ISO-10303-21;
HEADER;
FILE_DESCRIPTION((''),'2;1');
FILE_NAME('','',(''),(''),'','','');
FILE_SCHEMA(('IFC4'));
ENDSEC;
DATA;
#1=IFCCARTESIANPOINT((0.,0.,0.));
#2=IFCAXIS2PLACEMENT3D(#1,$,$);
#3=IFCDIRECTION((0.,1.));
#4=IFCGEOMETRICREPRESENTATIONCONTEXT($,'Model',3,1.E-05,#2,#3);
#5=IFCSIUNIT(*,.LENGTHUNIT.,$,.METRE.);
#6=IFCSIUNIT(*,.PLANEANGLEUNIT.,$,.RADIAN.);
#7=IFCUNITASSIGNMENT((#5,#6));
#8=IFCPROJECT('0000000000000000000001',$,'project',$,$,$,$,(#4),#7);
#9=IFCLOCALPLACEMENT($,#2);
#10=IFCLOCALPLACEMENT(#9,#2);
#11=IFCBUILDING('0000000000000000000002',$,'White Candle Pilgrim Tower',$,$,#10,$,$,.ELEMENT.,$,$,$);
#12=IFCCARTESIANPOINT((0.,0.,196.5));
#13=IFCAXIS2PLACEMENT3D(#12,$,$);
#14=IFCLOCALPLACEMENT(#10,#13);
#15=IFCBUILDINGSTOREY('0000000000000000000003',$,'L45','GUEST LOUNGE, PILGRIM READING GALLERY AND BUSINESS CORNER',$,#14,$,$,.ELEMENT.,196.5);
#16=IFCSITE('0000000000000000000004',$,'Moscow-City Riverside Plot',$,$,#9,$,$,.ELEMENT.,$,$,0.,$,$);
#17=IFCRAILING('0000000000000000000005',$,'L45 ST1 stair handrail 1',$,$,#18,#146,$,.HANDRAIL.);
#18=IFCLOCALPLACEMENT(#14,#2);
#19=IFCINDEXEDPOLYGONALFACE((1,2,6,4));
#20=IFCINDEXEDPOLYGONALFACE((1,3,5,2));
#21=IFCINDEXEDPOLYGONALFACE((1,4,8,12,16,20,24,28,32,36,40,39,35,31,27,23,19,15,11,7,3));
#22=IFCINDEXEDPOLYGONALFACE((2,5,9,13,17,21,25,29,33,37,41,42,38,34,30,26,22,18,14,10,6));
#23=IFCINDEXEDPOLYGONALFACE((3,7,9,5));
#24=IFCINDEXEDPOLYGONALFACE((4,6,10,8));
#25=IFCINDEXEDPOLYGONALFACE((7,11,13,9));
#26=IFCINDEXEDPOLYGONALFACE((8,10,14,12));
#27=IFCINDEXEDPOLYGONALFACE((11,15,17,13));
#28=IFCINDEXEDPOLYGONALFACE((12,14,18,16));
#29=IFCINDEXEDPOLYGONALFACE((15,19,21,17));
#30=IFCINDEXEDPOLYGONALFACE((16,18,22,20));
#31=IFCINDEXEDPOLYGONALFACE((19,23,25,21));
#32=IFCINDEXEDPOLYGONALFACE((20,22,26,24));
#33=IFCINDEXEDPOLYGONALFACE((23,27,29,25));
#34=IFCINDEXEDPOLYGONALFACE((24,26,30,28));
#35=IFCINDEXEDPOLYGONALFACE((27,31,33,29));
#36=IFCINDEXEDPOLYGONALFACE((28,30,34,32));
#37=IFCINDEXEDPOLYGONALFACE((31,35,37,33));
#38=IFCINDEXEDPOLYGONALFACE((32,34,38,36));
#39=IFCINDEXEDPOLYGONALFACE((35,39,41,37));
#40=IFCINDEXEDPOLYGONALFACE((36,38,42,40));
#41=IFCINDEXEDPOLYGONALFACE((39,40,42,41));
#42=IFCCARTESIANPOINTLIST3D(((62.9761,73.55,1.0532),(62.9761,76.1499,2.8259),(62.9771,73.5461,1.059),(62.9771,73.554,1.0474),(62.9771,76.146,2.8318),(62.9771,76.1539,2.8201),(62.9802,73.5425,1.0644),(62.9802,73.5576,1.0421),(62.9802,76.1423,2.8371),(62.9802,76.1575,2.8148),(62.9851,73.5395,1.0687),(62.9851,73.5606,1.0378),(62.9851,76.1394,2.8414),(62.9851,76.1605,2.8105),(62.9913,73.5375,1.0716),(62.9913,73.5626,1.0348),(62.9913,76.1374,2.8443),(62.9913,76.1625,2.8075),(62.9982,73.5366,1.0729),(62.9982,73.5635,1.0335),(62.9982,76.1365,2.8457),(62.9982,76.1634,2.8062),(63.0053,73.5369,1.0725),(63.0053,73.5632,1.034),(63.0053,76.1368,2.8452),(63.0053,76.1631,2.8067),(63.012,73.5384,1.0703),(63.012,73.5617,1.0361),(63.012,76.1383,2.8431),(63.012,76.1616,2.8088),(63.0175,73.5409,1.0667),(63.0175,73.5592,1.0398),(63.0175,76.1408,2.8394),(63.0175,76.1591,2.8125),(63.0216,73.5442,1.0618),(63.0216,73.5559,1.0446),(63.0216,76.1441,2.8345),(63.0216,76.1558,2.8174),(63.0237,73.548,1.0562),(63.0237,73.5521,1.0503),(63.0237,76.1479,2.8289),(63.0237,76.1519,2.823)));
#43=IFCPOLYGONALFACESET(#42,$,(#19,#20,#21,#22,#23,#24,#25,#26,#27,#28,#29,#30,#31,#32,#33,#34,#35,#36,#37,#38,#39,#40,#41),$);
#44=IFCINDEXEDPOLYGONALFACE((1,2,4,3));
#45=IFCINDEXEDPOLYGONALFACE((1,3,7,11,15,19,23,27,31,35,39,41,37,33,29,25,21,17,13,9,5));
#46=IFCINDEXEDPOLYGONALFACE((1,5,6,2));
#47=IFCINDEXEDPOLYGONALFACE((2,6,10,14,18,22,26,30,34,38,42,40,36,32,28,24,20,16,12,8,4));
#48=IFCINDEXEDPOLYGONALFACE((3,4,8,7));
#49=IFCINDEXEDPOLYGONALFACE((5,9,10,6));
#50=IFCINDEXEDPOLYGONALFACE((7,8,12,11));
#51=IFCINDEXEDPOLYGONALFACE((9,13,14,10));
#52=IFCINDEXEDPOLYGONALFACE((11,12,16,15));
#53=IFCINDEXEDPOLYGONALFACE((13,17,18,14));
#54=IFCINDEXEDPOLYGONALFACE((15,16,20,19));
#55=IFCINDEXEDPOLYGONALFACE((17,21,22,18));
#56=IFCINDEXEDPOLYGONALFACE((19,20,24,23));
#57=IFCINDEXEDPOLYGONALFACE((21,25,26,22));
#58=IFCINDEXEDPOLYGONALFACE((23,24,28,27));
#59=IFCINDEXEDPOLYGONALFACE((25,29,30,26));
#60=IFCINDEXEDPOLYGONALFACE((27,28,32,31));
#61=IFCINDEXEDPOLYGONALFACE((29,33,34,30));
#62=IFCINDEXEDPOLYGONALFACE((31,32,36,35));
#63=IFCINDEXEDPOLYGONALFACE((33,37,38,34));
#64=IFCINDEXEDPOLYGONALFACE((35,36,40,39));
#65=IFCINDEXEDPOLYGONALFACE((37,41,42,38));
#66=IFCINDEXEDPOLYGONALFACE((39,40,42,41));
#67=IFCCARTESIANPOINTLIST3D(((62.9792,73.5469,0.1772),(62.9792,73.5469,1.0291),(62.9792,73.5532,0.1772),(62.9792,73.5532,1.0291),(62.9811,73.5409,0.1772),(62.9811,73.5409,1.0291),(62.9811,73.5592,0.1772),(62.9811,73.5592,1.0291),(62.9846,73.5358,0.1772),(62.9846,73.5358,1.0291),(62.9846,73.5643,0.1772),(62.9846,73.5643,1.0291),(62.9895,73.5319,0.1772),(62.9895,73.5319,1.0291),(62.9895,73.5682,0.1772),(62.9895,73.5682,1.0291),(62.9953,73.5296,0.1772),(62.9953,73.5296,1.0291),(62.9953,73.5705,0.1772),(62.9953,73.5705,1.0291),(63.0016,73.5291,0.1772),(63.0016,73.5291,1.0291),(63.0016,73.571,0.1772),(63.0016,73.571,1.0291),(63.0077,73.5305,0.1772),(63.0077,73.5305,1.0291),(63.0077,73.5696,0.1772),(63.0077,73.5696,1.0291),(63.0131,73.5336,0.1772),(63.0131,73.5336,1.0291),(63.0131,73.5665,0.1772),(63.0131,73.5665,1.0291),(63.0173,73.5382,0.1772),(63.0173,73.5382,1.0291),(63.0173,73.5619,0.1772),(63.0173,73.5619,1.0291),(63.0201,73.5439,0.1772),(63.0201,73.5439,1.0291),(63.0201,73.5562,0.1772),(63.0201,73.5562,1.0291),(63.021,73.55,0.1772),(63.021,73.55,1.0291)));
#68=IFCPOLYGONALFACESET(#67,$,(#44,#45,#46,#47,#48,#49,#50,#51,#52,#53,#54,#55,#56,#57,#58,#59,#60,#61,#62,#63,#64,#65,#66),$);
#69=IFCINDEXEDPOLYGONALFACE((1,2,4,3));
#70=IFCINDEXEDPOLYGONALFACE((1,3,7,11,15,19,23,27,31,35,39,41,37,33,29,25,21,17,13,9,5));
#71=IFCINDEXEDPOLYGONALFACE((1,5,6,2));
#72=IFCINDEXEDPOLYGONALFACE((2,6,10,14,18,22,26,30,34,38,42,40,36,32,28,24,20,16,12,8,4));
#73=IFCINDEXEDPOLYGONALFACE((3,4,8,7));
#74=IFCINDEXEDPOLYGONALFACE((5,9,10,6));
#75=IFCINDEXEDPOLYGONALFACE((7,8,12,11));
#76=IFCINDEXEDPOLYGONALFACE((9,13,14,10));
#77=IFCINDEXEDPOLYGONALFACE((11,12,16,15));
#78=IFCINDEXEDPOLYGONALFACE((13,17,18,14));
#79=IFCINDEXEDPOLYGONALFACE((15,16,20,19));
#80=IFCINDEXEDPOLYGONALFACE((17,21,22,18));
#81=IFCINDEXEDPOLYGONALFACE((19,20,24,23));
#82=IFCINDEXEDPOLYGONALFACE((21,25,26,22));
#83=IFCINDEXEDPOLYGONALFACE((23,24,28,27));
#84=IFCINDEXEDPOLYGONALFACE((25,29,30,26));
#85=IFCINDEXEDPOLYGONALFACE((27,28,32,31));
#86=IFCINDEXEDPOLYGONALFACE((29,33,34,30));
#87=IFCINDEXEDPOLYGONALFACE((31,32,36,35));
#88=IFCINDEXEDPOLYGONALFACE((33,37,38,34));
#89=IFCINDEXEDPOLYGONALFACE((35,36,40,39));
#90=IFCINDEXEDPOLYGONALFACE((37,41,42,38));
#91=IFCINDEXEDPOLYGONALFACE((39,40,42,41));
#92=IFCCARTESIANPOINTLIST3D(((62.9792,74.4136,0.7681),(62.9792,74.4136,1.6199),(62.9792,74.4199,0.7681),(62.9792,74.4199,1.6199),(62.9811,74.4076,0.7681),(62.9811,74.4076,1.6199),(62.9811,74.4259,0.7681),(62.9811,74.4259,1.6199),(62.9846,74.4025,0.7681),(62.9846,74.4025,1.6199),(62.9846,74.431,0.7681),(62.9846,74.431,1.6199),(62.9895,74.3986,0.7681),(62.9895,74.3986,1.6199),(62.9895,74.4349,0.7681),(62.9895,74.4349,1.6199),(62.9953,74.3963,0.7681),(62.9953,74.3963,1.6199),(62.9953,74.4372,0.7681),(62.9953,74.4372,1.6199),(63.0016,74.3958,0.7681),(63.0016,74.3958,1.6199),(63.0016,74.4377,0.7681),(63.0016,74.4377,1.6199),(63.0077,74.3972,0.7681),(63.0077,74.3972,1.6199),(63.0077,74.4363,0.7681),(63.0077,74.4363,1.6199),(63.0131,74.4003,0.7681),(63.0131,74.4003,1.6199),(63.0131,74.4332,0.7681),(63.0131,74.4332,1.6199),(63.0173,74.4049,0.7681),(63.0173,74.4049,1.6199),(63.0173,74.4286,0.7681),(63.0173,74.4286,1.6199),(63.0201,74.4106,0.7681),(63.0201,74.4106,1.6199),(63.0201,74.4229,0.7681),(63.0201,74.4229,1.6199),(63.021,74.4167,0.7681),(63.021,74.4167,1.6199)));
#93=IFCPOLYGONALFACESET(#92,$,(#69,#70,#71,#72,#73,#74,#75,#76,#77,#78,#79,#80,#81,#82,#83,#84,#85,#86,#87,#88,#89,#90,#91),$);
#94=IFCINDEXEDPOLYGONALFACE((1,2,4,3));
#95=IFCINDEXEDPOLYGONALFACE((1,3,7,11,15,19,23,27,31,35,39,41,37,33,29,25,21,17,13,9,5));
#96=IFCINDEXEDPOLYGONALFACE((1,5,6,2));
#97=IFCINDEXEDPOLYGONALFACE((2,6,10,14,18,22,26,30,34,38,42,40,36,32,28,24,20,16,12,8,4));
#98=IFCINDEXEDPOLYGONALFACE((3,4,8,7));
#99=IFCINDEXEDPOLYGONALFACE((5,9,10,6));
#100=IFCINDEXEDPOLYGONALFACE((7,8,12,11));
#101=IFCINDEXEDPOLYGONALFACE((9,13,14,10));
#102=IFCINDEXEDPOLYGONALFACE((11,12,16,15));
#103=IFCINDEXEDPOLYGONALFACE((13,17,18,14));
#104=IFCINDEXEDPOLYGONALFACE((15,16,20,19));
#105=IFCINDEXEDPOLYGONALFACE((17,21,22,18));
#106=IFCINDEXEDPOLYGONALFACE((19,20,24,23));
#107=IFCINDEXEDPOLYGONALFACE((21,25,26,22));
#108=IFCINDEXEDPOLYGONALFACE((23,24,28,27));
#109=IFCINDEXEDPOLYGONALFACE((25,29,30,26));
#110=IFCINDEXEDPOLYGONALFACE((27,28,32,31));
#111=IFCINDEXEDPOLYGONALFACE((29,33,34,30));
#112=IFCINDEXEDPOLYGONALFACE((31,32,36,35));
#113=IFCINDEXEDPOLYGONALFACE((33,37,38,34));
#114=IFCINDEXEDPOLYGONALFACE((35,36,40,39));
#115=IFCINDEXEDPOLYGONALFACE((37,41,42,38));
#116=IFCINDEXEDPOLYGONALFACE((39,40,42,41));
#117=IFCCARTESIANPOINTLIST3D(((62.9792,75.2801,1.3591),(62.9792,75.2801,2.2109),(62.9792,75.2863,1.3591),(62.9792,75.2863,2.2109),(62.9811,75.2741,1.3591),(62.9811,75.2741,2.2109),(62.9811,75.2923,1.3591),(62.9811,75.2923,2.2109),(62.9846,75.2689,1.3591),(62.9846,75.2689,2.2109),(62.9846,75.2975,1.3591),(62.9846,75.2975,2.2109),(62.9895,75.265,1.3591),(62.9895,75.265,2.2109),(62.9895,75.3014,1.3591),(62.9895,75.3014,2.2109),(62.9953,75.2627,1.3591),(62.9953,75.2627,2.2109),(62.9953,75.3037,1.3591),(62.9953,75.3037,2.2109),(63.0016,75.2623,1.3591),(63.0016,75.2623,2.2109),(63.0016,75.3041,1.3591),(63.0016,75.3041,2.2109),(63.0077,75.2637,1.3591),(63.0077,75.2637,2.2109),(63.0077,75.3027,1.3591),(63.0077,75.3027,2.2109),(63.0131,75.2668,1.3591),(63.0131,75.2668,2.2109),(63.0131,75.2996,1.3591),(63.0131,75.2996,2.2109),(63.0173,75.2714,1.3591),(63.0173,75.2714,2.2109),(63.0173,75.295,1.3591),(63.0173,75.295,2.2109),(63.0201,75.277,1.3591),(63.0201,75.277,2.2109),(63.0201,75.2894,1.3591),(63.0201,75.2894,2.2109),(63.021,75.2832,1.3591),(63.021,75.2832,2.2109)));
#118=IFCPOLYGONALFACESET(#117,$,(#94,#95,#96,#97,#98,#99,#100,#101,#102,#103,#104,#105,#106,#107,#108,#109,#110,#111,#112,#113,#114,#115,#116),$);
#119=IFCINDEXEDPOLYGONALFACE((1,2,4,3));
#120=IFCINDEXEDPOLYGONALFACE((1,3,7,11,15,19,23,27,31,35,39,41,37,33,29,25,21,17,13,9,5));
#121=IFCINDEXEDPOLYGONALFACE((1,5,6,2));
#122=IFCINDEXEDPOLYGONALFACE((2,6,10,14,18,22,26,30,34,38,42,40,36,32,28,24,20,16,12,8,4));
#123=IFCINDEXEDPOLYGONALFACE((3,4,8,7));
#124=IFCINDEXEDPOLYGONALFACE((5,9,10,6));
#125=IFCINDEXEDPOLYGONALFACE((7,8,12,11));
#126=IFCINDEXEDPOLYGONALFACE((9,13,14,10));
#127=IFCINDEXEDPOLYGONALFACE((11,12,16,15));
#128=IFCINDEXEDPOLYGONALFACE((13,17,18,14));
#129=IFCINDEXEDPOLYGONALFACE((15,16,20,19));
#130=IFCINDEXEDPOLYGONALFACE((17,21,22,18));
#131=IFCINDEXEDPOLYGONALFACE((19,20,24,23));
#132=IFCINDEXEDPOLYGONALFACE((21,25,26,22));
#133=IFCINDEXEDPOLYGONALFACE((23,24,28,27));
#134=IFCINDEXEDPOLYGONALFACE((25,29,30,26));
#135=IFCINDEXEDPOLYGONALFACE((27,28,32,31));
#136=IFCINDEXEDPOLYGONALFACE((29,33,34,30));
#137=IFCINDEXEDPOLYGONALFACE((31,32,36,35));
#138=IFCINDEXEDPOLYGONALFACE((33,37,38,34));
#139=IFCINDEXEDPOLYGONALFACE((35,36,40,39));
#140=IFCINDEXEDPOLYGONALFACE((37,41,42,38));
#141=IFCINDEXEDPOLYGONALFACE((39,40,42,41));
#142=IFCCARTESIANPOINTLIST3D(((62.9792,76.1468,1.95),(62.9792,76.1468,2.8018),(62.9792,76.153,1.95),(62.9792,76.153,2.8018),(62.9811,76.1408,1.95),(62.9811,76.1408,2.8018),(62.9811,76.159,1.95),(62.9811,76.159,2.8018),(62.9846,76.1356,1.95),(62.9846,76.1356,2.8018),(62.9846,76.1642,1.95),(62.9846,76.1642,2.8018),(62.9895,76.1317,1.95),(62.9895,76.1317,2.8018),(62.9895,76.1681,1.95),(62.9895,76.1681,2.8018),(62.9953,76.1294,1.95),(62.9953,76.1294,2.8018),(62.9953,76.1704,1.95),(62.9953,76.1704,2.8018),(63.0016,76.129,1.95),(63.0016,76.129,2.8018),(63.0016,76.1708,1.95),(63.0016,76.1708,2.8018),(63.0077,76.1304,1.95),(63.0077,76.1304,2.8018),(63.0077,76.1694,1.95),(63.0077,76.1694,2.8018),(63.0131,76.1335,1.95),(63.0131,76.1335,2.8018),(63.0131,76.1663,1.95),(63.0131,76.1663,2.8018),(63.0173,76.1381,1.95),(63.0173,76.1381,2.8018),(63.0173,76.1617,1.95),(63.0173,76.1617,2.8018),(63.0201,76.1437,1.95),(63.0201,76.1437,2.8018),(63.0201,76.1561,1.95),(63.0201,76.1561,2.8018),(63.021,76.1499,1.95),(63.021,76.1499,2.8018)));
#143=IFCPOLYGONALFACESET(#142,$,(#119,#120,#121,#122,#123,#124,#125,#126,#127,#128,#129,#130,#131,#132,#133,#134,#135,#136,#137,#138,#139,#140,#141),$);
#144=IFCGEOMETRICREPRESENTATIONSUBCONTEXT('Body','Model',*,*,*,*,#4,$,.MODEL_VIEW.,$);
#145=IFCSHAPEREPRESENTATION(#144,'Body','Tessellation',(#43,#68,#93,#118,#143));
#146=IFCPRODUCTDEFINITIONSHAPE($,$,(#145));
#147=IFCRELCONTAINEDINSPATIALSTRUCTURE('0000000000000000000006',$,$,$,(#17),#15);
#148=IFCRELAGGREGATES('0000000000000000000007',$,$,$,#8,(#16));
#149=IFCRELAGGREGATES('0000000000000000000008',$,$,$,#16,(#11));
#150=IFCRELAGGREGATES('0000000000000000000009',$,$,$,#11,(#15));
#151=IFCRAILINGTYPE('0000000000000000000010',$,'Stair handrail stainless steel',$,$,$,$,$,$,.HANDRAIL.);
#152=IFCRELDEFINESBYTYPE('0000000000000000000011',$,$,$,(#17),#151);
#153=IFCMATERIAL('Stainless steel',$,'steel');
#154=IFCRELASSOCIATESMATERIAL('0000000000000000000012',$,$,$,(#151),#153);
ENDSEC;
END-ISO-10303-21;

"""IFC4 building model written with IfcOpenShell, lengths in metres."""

from ifc_helpers import new_model, si_unit, direction, frame, origin, origin_2d, place, context, subcontext, project, spatial, circle, extrude, material, type_object, element, save


model = new_model("IFC4")

# Units and contexts
model_context = context("Model", 3, precision=1e-05, world=origin(), true_north=direction((0.0, 1.0)))
body_context = subcontext(model_context, "Body", "Model", "MODEL_VIEW")
ifc_project = project(units=[si_unit("LENGTHUNIT", "METRE"), si_unit("PLANEANGLEUNIT", "RADIAN")], contexts=[model_context])

# Site, building, storey
site_placement = place(None, origin())
site = spatial("IfcSite", under=ifc_project, at=site_placement, Name="Moscow-City Riverside Plot", CompositionType="ELEMENT", RefElevation=0.0)
building_placement = place(site_placement, origin())
building = spatial("IfcBuilding", under=site, at=building_placement, Name="White Candle Pilgrim Tower", CompositionType="ELEMENT")
storey_placement = place(building_placement, frame((0.0, 0.0, 196.5)))
storey = spatial("IfcBuildingStorey", under=building, at=storey_placement, Name="L45", Description="GUEST LOUNGE, PILGRIM READING GALLERY AND BUSINESS CORNER", CompositionType="ELEMENT", Elevation=196.5)

# Shared definitions
ifc_material_1 = material(Name="Stainless steel", Category="steel")

# Railing
railing_type_1 = type_object("IfcRailingType", Name="Stair handrail stainless steel", PredefinedType="HANDRAIL", material=ifc_material_1)
railing_1_placement = place(storey_placement, frame((63.0, 73.55, 0.1772)))
element("IfcRailing", 1, at=railing_1_placement, inside=storey, type_object=railing_type_1, Name="L45 ST1 stair handrail 1", PredefinedType="HANDRAIL", context=body_context, shape_type="SweptSolid", body=[
    extrude(circle(Radius=0.0239, at=origin_2d()), frame((0.0, 0.0, 0.876), z_axis=(0.0, 0.826216, 0.563354), x_axis=(-1.0, 0.0, 0.0)), (0.0, 0.0, 1.0), 3.1467),
    extrude(circle(Radius=0.021, at=origin_2d()), origin(), (0.0, 0.0, 1.0), 0.8518),
    extrude(circle(Radius=0.021, at=origin_2d()), frame((0.0, 0.8667, 0.5908)), (0.0, 0.0, 1.0), 0.8518),
    extrude(circle(Radius=0.021, at=origin_2d()), frame((0.0, 1.7332, 1.1819)), (0.0, 0.0, 1.0), 0.8518),
    extrude(circle(Radius=0.021, at=origin_2d()), frame((0.0, 2.5999, 1.7727)), (0.0, 0.0, 1.0), 0.8518),
])

save(model, "model.ifc")
